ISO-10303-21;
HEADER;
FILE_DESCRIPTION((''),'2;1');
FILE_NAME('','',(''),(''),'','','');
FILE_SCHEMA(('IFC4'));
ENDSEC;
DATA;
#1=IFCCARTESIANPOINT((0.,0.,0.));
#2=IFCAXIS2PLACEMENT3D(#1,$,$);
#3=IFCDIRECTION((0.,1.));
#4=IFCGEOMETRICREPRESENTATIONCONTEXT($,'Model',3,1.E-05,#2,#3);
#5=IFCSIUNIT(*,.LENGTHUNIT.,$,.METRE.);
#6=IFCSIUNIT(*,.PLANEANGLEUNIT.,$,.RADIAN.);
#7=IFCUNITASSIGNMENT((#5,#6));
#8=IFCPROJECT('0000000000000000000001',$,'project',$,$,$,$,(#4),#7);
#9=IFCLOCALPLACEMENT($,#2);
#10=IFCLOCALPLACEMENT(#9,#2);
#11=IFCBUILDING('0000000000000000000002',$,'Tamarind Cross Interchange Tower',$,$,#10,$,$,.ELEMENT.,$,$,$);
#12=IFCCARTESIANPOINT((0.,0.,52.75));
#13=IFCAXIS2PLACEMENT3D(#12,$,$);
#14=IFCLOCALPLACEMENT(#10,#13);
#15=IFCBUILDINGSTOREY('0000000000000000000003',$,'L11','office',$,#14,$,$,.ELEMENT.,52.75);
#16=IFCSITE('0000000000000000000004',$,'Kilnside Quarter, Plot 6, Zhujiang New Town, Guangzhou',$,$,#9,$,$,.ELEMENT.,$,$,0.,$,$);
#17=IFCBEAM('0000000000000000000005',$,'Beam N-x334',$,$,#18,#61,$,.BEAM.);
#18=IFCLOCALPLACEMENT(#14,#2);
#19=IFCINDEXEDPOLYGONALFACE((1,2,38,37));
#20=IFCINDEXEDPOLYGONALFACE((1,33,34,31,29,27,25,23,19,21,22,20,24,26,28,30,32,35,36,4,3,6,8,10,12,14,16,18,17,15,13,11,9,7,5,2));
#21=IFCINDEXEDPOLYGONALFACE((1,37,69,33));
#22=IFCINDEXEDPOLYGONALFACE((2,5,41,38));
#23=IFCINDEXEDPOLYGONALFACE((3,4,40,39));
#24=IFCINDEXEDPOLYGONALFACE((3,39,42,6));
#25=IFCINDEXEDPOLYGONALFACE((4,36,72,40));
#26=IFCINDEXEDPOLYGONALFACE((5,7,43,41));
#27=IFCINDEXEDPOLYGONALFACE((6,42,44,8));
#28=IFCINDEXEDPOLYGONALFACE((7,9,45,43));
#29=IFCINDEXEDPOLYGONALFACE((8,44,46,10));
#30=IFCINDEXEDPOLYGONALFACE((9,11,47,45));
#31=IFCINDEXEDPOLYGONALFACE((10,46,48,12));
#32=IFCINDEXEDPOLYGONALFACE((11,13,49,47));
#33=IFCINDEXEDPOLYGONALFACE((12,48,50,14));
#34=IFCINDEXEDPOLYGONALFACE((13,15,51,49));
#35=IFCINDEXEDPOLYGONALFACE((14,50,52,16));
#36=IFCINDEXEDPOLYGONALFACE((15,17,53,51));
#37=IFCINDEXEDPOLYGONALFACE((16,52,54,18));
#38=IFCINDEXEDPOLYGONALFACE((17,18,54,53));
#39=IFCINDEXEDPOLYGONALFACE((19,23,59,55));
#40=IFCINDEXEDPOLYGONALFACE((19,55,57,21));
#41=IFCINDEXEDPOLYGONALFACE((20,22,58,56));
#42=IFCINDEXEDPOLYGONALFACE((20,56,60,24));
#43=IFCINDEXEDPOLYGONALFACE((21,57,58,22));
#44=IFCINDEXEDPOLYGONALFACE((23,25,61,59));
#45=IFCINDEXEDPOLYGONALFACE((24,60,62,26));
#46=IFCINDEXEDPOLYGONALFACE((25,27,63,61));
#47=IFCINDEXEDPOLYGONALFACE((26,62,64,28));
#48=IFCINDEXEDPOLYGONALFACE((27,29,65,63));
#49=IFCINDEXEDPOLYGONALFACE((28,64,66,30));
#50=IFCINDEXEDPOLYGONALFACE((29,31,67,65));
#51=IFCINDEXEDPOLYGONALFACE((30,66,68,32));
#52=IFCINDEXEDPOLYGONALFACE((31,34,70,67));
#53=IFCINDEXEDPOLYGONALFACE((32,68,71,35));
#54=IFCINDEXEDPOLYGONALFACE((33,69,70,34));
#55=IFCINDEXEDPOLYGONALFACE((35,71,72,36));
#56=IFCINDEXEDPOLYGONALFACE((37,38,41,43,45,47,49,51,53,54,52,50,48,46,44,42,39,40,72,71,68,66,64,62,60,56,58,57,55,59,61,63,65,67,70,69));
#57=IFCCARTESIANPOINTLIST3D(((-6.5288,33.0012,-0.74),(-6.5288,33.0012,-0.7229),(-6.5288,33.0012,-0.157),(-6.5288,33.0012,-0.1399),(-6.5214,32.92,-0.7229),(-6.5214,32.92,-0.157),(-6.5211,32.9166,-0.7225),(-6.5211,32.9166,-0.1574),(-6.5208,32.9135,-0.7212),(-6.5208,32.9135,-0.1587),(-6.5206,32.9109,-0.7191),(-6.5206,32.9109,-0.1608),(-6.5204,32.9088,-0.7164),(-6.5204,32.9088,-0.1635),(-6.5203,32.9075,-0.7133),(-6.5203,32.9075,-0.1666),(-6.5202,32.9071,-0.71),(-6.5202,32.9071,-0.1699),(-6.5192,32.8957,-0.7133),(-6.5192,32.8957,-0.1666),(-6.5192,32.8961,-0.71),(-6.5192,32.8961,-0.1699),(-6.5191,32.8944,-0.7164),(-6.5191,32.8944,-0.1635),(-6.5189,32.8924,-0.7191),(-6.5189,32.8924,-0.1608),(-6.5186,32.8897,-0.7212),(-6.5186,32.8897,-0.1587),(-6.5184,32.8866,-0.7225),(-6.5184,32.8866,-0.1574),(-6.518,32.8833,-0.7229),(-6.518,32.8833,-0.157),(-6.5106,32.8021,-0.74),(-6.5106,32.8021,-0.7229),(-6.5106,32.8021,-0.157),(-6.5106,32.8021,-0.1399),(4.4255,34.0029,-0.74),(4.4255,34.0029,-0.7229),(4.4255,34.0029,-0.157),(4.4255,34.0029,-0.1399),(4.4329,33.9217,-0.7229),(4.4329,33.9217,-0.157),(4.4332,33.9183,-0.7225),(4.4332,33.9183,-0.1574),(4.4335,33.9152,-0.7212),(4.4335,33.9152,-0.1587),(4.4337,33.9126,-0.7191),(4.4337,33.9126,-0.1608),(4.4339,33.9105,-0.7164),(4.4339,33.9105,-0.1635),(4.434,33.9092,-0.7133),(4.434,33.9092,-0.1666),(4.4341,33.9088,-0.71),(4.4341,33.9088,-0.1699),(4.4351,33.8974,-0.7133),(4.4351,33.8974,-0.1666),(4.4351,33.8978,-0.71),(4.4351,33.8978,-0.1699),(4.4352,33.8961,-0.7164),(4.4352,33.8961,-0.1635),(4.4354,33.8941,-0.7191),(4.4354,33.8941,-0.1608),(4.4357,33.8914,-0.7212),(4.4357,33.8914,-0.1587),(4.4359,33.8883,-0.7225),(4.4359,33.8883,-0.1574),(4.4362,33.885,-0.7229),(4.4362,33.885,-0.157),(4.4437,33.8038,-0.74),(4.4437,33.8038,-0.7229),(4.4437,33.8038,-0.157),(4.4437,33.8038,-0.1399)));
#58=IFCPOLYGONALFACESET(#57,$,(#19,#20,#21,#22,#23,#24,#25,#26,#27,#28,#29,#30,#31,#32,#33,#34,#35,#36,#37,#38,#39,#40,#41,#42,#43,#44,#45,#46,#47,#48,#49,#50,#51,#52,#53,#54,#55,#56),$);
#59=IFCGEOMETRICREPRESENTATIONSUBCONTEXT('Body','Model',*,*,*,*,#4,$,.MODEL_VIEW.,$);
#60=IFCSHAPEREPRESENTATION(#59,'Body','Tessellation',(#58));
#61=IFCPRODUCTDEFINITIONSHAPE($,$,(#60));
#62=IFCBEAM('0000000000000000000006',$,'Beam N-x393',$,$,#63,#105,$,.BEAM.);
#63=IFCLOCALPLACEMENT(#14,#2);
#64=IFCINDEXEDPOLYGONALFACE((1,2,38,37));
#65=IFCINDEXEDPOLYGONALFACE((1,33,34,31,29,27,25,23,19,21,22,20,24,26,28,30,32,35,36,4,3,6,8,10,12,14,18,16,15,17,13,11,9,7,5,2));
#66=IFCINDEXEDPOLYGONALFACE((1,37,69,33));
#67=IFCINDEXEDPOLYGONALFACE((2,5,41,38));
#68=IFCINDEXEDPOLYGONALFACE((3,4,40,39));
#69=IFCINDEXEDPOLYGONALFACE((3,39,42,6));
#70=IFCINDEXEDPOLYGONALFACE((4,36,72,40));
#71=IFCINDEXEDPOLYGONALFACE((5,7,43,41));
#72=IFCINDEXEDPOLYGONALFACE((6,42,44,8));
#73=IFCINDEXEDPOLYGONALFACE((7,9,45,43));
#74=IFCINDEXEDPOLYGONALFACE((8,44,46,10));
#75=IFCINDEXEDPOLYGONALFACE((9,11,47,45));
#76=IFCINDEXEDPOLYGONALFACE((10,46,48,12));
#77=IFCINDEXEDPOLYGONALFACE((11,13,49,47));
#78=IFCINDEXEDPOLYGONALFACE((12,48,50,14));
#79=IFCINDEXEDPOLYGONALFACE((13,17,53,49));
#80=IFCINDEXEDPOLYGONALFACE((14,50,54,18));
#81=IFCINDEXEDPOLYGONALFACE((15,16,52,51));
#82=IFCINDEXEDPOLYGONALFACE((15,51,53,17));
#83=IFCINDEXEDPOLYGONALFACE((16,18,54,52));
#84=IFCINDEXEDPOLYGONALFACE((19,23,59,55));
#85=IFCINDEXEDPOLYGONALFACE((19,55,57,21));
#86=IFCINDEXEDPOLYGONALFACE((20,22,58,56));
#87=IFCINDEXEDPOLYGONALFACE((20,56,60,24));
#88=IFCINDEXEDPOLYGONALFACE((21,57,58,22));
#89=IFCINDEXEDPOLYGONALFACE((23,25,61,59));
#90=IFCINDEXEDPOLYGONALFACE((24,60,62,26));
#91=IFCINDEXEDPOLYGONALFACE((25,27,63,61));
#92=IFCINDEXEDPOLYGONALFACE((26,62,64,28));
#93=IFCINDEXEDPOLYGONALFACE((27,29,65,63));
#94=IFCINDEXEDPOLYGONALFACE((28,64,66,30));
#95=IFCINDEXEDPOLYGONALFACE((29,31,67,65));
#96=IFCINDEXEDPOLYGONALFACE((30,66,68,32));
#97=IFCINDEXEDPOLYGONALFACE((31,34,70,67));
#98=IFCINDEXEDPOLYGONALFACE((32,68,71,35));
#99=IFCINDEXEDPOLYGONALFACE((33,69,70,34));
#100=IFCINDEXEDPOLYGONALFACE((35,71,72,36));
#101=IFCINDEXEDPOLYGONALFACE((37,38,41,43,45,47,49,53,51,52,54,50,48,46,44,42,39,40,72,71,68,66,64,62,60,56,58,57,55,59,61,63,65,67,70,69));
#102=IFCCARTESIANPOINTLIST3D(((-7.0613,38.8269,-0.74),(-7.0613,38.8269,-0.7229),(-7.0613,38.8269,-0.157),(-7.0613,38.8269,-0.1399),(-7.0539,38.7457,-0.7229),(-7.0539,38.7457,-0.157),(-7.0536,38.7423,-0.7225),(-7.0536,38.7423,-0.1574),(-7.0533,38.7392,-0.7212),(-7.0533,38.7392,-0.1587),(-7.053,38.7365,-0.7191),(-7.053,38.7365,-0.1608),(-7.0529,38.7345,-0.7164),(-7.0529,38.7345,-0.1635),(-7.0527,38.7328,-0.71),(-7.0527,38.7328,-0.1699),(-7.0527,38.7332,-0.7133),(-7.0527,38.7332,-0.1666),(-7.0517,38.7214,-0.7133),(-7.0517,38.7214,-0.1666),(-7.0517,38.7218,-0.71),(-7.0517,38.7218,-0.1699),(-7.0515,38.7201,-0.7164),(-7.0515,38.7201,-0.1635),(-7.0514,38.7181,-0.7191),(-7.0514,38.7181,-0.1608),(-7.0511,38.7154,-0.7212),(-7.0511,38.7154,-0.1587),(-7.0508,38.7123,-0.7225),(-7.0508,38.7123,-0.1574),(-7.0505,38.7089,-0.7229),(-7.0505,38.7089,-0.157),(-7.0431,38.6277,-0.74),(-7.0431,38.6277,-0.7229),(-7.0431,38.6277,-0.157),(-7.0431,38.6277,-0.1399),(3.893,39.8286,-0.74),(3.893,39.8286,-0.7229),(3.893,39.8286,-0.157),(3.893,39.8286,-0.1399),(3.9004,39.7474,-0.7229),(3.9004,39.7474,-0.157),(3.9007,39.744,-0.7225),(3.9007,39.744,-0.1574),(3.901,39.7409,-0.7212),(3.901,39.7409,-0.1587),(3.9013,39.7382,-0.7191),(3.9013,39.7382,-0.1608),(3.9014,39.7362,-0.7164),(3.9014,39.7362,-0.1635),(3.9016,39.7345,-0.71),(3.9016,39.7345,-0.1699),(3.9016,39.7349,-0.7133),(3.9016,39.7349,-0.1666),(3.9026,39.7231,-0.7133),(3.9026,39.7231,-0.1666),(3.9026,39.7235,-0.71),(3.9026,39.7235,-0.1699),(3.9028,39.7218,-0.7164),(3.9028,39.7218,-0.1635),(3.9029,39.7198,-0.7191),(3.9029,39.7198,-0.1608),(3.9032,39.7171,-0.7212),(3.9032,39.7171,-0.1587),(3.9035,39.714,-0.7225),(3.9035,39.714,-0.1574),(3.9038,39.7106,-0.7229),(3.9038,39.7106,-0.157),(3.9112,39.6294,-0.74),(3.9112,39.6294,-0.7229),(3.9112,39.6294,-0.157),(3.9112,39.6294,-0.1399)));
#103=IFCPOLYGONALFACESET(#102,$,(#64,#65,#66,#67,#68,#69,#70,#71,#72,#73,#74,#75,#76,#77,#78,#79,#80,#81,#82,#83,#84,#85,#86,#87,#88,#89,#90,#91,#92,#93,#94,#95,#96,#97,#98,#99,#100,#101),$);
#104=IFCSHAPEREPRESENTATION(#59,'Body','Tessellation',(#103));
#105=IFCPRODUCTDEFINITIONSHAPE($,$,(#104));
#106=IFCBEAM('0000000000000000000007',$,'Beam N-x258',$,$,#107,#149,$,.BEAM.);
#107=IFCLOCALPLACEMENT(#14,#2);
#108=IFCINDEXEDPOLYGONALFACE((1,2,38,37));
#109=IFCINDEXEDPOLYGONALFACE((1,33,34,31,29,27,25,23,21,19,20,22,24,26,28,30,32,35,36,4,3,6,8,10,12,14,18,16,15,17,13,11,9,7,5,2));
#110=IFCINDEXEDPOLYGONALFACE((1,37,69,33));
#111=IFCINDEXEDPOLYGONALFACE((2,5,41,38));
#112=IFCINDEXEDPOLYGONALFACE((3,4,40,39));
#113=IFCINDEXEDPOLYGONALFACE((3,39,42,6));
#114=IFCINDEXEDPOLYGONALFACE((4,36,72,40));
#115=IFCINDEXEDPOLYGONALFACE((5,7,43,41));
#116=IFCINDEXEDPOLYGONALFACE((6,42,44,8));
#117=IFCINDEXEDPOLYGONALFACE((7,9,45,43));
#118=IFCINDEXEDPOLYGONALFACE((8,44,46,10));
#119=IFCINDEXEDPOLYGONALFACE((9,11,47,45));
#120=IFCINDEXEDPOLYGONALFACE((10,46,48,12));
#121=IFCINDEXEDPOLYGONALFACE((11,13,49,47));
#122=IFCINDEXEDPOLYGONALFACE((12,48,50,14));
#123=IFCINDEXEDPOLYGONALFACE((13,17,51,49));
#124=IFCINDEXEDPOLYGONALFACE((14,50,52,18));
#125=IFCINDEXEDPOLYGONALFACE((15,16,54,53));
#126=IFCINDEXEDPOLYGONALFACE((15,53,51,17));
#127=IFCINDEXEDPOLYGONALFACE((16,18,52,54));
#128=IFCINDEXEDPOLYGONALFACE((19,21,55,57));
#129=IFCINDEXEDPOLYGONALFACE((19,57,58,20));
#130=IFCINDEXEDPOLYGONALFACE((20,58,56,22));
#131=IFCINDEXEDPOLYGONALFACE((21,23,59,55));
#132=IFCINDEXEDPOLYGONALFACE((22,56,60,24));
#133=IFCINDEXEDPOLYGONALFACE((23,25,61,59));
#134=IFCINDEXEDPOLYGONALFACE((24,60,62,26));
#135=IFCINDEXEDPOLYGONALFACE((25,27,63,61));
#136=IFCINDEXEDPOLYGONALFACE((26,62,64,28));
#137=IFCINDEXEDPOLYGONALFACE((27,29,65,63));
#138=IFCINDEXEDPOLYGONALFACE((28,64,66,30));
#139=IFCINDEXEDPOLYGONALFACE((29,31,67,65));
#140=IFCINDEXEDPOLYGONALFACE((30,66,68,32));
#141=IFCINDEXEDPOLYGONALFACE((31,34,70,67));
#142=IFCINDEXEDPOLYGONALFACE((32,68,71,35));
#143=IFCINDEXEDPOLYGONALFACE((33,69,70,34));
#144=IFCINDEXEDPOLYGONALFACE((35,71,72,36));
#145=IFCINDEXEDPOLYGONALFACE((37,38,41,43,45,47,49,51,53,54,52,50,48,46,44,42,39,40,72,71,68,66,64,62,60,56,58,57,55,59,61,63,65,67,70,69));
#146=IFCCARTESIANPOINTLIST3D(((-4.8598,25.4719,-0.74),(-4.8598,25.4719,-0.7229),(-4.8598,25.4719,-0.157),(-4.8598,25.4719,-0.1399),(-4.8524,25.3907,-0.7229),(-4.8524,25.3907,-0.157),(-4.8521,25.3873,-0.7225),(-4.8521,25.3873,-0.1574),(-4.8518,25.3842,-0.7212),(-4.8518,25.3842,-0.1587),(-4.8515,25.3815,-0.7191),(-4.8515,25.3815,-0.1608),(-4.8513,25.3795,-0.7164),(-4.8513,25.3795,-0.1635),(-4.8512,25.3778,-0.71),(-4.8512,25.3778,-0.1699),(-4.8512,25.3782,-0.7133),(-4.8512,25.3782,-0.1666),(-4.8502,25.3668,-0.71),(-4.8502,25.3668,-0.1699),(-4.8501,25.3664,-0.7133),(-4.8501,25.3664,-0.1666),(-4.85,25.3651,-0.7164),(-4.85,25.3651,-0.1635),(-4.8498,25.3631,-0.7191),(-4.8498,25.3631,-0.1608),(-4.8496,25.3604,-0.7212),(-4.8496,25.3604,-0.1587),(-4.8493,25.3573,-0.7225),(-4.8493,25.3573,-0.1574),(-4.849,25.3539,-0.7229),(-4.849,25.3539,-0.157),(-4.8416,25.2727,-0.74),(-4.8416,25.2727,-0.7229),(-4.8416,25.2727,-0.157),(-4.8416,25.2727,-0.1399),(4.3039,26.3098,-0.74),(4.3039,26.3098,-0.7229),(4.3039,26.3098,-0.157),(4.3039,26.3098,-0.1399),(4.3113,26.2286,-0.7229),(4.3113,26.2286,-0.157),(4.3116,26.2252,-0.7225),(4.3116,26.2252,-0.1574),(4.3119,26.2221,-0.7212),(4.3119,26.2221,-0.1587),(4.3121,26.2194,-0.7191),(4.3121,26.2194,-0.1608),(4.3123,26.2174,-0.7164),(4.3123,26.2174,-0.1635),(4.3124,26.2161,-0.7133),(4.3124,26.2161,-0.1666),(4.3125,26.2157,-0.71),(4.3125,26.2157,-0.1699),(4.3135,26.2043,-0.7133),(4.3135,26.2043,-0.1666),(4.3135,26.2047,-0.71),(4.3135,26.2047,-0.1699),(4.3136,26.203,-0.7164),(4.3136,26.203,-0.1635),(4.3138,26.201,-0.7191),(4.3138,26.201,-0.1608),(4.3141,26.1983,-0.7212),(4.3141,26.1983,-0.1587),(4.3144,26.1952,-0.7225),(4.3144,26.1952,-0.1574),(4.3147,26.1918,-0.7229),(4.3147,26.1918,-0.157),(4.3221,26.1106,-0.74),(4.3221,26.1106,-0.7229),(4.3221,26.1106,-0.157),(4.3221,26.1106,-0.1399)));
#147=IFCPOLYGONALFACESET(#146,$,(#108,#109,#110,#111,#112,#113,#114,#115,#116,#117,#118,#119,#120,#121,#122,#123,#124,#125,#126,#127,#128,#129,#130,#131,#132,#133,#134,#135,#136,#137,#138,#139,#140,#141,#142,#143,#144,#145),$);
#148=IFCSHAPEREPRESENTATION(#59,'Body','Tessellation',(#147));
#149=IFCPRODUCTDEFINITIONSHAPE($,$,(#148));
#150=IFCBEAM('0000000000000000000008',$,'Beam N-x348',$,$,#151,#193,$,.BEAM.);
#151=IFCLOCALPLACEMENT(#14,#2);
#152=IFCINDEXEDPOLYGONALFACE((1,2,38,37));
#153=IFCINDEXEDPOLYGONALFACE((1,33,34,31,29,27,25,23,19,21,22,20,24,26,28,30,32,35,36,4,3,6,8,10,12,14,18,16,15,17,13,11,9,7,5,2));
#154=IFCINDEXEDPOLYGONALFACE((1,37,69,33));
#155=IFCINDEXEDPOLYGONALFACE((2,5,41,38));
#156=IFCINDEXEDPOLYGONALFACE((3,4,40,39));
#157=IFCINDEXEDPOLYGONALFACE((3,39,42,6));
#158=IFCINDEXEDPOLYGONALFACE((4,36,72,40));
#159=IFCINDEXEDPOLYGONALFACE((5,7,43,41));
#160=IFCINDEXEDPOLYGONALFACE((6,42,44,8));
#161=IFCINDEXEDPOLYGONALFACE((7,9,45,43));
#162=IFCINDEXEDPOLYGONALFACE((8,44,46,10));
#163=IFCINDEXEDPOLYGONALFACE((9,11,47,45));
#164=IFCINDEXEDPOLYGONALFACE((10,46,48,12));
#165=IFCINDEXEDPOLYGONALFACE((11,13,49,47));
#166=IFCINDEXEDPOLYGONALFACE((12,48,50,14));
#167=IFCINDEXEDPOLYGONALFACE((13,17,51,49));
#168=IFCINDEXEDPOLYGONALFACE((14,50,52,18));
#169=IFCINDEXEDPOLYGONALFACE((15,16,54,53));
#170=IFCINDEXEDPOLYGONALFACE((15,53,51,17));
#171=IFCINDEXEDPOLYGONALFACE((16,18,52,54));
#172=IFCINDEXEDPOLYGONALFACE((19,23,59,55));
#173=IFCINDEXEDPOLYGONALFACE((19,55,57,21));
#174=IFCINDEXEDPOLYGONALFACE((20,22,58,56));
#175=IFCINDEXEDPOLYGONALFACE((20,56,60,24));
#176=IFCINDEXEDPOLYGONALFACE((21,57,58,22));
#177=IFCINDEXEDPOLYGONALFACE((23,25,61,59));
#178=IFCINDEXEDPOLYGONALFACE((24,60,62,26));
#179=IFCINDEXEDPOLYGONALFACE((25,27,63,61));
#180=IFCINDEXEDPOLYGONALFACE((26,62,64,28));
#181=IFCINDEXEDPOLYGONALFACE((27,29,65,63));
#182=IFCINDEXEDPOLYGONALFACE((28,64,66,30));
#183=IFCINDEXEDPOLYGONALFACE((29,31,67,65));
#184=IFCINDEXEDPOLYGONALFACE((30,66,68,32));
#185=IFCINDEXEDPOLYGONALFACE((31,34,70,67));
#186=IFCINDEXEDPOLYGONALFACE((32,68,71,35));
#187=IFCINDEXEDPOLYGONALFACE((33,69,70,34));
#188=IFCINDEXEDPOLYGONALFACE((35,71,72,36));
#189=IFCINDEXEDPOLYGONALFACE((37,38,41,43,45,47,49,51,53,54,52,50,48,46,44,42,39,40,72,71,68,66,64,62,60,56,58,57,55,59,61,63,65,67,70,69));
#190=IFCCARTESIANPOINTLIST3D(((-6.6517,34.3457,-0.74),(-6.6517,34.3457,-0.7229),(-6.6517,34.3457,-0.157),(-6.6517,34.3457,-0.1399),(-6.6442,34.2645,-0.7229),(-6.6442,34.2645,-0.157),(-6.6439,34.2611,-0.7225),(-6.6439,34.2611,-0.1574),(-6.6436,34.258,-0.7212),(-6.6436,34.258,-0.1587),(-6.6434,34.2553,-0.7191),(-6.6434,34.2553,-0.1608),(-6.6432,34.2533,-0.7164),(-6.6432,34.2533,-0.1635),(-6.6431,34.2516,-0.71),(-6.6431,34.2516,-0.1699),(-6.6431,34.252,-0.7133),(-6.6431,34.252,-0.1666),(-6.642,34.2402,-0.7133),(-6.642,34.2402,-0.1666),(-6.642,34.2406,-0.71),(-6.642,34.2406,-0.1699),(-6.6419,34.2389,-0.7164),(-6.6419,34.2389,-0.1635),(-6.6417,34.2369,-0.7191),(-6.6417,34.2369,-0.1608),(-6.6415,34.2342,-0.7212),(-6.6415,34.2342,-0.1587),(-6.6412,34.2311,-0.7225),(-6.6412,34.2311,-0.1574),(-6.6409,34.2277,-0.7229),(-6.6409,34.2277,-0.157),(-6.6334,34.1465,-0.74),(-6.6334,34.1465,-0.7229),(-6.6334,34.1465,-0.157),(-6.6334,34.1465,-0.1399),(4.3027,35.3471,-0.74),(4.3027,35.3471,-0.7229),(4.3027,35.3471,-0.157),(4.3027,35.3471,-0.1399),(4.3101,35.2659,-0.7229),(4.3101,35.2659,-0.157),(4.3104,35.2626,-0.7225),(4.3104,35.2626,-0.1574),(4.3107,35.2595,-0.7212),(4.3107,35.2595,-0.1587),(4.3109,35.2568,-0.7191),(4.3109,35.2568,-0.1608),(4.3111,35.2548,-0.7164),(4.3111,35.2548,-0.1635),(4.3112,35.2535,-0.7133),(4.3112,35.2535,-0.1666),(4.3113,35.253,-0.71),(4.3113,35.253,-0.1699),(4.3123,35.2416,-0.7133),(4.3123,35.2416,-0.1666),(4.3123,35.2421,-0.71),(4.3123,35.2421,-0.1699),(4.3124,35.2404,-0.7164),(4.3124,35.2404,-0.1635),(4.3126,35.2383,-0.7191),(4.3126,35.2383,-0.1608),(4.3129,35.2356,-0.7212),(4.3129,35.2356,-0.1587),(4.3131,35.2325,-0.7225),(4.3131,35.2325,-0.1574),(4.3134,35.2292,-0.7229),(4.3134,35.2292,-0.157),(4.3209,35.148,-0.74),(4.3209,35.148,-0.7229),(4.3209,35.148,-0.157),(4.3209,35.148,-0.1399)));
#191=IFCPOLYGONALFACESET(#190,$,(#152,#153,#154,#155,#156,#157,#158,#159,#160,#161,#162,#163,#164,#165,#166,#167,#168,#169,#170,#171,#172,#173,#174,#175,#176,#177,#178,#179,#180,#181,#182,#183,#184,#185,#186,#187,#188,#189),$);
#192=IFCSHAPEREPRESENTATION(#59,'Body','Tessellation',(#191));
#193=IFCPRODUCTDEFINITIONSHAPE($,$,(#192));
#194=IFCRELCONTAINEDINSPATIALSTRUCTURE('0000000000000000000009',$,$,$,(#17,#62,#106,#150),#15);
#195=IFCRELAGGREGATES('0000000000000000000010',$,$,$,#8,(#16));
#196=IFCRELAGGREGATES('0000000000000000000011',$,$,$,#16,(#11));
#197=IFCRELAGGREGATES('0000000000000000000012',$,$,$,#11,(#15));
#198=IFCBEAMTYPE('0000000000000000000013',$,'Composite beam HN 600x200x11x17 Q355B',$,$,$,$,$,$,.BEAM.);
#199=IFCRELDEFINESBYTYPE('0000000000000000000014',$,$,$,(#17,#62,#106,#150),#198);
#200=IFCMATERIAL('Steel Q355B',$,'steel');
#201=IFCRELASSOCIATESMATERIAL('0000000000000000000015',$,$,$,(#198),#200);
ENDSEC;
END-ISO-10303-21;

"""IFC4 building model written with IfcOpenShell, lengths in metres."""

from ifc_helpers import new_model, si_unit, direction, frame, origin, origin_2d, place, context, subcontext, project, spatial, i_section, extrude, material, material_profile, profile_set, type_object, element, save


model = new_model("IFC4")

# Units and contexts
model_context = context("Model", 3, precision=1e-05, world=origin(), true_north=direction((0.0, 1.0)))
body_context = subcontext(model_context, "Body", "Model", "MODEL_VIEW")
ifc_project = project(units=[si_unit("LENGTHUNIT", "METRE"), si_unit("PLANEANGLEUNIT", "RADIAN")], contexts=[model_context])

# Site, building, storey
site_placement = place(None, origin())
site = spatial("IfcSite", under=ifc_project, at=site_placement, Name="Kilnside Quarter, Plot 6, Zhujiang New Town, Guangzhou", CompositionType="ELEMENT", RefElevation=0.0)
building_placement = place(site_placement, origin())
building = spatial("IfcBuilding", under=site, at=building_placement, Name="Tamarind Cross Interchange Tower", CompositionType="ELEMENT")
storey_placement = place(building_placement, frame((0.0, 0.0, 52.75)))
storey = spatial("IfcBuildingStorey", under=building, at=storey_placement, Name="L11", Description="office", CompositionType="ELEMENT", Elevation=52.75)

# Beams
ifc_material_1 = material(Name="Steel Q355B", Category="steel")
ifc_material_profile_1 = material_profile(ifc_material_1, i_section(OverallWidth=0.2, OverallDepth=0.6001, WebThickness=0.011, FlangeThickness=0.0171, FilletRadius=0.0129, at=origin_2d()), Name="HN 600x200x11x17")
ifc_profile_set_1 = profile_set([ifc_material_profile_1], Name="Steel Q355B")
beam_type_1 = type_object("IfcBeamType", Name="Composite beam HN 600x200x11x17 Q355B", PredefinedType="BEAM", material=ifc_profile_set_1)
for number, where, z_axis, x_axis, name in (
    (1, (4.4346, 33.9033, -0.4399), (-0.995845, -0.091064, 0.0), (0.091064, -0.995845, 0.0), "Beam N-x334"),
    (2, (3.9021, 39.729, -0.4399), (-0.995845, -0.091064, 0.0), (0.091064, -0.995845, 0.0), "Beam N-x393"),
):
    element("IfcBeam", number, at=place(storey_placement, frame(where, z_axis=z_axis, x_axis=x_axis)), inside=storey, type_object=beam_type_1, Name=name, PredefinedType="BEAM", context=body_context, shape_type="SweptSolid", body=[
        extrude(i_section(OverallWidth=0.2, OverallDepth=0.6001, WebThickness=0.011, FlangeThickness=0.0171, FilletRadius=0.0129, at=origin_2d()), origin(), (0.0, 0.0, 1.0), 11.0),
    ])
beam_1_placement = place(storey_placement, frame((4.313, 26.2102, -0.4399), z_axis=(-0.995846, -0.091057, 0.0), x_axis=(0.091057, -0.995846, 0.0)))
element("IfcBeam", 3, at=beam_1_placement, inside=storey, type_object=beam_type_1, Name="Beam N-x258", PredefinedType="BEAM", context=body_context, shape_type="SweptSolid", body=[
    extrude(i_section(OverallWidth=0.2, OverallDepth=0.6001, WebThickness=0.011, FlangeThickness=0.0171, FilletRadius=0.0129, at=origin_2d()), origin(), (0.0, 0.0, 1.0), 9.2019),
])
beam_2_placement = place(storey_placement, frame((4.3118, 35.2476, -0.4399), z_axis=(-0.995847, -0.091042, 0.0), x_axis=(0.091042, -0.995847, 0.0)))
element("IfcBeam", 4, at=beam_2_placement, inside=storey, type_object=beam_type_1, Name="Beam N-x348", PredefinedType="BEAM", context=body_context, shape_type="SweptSolid", body=[
    extrude(i_section(OverallWidth=0.2, OverallDepth=0.6001, WebThickness=0.011, FlangeThickness=0.0171, FilletRadius=0.0129, at=origin_2d()), origin(), (0.0, 0.0, 1.0), 11.0),
])

save(model, "model.ifc")
